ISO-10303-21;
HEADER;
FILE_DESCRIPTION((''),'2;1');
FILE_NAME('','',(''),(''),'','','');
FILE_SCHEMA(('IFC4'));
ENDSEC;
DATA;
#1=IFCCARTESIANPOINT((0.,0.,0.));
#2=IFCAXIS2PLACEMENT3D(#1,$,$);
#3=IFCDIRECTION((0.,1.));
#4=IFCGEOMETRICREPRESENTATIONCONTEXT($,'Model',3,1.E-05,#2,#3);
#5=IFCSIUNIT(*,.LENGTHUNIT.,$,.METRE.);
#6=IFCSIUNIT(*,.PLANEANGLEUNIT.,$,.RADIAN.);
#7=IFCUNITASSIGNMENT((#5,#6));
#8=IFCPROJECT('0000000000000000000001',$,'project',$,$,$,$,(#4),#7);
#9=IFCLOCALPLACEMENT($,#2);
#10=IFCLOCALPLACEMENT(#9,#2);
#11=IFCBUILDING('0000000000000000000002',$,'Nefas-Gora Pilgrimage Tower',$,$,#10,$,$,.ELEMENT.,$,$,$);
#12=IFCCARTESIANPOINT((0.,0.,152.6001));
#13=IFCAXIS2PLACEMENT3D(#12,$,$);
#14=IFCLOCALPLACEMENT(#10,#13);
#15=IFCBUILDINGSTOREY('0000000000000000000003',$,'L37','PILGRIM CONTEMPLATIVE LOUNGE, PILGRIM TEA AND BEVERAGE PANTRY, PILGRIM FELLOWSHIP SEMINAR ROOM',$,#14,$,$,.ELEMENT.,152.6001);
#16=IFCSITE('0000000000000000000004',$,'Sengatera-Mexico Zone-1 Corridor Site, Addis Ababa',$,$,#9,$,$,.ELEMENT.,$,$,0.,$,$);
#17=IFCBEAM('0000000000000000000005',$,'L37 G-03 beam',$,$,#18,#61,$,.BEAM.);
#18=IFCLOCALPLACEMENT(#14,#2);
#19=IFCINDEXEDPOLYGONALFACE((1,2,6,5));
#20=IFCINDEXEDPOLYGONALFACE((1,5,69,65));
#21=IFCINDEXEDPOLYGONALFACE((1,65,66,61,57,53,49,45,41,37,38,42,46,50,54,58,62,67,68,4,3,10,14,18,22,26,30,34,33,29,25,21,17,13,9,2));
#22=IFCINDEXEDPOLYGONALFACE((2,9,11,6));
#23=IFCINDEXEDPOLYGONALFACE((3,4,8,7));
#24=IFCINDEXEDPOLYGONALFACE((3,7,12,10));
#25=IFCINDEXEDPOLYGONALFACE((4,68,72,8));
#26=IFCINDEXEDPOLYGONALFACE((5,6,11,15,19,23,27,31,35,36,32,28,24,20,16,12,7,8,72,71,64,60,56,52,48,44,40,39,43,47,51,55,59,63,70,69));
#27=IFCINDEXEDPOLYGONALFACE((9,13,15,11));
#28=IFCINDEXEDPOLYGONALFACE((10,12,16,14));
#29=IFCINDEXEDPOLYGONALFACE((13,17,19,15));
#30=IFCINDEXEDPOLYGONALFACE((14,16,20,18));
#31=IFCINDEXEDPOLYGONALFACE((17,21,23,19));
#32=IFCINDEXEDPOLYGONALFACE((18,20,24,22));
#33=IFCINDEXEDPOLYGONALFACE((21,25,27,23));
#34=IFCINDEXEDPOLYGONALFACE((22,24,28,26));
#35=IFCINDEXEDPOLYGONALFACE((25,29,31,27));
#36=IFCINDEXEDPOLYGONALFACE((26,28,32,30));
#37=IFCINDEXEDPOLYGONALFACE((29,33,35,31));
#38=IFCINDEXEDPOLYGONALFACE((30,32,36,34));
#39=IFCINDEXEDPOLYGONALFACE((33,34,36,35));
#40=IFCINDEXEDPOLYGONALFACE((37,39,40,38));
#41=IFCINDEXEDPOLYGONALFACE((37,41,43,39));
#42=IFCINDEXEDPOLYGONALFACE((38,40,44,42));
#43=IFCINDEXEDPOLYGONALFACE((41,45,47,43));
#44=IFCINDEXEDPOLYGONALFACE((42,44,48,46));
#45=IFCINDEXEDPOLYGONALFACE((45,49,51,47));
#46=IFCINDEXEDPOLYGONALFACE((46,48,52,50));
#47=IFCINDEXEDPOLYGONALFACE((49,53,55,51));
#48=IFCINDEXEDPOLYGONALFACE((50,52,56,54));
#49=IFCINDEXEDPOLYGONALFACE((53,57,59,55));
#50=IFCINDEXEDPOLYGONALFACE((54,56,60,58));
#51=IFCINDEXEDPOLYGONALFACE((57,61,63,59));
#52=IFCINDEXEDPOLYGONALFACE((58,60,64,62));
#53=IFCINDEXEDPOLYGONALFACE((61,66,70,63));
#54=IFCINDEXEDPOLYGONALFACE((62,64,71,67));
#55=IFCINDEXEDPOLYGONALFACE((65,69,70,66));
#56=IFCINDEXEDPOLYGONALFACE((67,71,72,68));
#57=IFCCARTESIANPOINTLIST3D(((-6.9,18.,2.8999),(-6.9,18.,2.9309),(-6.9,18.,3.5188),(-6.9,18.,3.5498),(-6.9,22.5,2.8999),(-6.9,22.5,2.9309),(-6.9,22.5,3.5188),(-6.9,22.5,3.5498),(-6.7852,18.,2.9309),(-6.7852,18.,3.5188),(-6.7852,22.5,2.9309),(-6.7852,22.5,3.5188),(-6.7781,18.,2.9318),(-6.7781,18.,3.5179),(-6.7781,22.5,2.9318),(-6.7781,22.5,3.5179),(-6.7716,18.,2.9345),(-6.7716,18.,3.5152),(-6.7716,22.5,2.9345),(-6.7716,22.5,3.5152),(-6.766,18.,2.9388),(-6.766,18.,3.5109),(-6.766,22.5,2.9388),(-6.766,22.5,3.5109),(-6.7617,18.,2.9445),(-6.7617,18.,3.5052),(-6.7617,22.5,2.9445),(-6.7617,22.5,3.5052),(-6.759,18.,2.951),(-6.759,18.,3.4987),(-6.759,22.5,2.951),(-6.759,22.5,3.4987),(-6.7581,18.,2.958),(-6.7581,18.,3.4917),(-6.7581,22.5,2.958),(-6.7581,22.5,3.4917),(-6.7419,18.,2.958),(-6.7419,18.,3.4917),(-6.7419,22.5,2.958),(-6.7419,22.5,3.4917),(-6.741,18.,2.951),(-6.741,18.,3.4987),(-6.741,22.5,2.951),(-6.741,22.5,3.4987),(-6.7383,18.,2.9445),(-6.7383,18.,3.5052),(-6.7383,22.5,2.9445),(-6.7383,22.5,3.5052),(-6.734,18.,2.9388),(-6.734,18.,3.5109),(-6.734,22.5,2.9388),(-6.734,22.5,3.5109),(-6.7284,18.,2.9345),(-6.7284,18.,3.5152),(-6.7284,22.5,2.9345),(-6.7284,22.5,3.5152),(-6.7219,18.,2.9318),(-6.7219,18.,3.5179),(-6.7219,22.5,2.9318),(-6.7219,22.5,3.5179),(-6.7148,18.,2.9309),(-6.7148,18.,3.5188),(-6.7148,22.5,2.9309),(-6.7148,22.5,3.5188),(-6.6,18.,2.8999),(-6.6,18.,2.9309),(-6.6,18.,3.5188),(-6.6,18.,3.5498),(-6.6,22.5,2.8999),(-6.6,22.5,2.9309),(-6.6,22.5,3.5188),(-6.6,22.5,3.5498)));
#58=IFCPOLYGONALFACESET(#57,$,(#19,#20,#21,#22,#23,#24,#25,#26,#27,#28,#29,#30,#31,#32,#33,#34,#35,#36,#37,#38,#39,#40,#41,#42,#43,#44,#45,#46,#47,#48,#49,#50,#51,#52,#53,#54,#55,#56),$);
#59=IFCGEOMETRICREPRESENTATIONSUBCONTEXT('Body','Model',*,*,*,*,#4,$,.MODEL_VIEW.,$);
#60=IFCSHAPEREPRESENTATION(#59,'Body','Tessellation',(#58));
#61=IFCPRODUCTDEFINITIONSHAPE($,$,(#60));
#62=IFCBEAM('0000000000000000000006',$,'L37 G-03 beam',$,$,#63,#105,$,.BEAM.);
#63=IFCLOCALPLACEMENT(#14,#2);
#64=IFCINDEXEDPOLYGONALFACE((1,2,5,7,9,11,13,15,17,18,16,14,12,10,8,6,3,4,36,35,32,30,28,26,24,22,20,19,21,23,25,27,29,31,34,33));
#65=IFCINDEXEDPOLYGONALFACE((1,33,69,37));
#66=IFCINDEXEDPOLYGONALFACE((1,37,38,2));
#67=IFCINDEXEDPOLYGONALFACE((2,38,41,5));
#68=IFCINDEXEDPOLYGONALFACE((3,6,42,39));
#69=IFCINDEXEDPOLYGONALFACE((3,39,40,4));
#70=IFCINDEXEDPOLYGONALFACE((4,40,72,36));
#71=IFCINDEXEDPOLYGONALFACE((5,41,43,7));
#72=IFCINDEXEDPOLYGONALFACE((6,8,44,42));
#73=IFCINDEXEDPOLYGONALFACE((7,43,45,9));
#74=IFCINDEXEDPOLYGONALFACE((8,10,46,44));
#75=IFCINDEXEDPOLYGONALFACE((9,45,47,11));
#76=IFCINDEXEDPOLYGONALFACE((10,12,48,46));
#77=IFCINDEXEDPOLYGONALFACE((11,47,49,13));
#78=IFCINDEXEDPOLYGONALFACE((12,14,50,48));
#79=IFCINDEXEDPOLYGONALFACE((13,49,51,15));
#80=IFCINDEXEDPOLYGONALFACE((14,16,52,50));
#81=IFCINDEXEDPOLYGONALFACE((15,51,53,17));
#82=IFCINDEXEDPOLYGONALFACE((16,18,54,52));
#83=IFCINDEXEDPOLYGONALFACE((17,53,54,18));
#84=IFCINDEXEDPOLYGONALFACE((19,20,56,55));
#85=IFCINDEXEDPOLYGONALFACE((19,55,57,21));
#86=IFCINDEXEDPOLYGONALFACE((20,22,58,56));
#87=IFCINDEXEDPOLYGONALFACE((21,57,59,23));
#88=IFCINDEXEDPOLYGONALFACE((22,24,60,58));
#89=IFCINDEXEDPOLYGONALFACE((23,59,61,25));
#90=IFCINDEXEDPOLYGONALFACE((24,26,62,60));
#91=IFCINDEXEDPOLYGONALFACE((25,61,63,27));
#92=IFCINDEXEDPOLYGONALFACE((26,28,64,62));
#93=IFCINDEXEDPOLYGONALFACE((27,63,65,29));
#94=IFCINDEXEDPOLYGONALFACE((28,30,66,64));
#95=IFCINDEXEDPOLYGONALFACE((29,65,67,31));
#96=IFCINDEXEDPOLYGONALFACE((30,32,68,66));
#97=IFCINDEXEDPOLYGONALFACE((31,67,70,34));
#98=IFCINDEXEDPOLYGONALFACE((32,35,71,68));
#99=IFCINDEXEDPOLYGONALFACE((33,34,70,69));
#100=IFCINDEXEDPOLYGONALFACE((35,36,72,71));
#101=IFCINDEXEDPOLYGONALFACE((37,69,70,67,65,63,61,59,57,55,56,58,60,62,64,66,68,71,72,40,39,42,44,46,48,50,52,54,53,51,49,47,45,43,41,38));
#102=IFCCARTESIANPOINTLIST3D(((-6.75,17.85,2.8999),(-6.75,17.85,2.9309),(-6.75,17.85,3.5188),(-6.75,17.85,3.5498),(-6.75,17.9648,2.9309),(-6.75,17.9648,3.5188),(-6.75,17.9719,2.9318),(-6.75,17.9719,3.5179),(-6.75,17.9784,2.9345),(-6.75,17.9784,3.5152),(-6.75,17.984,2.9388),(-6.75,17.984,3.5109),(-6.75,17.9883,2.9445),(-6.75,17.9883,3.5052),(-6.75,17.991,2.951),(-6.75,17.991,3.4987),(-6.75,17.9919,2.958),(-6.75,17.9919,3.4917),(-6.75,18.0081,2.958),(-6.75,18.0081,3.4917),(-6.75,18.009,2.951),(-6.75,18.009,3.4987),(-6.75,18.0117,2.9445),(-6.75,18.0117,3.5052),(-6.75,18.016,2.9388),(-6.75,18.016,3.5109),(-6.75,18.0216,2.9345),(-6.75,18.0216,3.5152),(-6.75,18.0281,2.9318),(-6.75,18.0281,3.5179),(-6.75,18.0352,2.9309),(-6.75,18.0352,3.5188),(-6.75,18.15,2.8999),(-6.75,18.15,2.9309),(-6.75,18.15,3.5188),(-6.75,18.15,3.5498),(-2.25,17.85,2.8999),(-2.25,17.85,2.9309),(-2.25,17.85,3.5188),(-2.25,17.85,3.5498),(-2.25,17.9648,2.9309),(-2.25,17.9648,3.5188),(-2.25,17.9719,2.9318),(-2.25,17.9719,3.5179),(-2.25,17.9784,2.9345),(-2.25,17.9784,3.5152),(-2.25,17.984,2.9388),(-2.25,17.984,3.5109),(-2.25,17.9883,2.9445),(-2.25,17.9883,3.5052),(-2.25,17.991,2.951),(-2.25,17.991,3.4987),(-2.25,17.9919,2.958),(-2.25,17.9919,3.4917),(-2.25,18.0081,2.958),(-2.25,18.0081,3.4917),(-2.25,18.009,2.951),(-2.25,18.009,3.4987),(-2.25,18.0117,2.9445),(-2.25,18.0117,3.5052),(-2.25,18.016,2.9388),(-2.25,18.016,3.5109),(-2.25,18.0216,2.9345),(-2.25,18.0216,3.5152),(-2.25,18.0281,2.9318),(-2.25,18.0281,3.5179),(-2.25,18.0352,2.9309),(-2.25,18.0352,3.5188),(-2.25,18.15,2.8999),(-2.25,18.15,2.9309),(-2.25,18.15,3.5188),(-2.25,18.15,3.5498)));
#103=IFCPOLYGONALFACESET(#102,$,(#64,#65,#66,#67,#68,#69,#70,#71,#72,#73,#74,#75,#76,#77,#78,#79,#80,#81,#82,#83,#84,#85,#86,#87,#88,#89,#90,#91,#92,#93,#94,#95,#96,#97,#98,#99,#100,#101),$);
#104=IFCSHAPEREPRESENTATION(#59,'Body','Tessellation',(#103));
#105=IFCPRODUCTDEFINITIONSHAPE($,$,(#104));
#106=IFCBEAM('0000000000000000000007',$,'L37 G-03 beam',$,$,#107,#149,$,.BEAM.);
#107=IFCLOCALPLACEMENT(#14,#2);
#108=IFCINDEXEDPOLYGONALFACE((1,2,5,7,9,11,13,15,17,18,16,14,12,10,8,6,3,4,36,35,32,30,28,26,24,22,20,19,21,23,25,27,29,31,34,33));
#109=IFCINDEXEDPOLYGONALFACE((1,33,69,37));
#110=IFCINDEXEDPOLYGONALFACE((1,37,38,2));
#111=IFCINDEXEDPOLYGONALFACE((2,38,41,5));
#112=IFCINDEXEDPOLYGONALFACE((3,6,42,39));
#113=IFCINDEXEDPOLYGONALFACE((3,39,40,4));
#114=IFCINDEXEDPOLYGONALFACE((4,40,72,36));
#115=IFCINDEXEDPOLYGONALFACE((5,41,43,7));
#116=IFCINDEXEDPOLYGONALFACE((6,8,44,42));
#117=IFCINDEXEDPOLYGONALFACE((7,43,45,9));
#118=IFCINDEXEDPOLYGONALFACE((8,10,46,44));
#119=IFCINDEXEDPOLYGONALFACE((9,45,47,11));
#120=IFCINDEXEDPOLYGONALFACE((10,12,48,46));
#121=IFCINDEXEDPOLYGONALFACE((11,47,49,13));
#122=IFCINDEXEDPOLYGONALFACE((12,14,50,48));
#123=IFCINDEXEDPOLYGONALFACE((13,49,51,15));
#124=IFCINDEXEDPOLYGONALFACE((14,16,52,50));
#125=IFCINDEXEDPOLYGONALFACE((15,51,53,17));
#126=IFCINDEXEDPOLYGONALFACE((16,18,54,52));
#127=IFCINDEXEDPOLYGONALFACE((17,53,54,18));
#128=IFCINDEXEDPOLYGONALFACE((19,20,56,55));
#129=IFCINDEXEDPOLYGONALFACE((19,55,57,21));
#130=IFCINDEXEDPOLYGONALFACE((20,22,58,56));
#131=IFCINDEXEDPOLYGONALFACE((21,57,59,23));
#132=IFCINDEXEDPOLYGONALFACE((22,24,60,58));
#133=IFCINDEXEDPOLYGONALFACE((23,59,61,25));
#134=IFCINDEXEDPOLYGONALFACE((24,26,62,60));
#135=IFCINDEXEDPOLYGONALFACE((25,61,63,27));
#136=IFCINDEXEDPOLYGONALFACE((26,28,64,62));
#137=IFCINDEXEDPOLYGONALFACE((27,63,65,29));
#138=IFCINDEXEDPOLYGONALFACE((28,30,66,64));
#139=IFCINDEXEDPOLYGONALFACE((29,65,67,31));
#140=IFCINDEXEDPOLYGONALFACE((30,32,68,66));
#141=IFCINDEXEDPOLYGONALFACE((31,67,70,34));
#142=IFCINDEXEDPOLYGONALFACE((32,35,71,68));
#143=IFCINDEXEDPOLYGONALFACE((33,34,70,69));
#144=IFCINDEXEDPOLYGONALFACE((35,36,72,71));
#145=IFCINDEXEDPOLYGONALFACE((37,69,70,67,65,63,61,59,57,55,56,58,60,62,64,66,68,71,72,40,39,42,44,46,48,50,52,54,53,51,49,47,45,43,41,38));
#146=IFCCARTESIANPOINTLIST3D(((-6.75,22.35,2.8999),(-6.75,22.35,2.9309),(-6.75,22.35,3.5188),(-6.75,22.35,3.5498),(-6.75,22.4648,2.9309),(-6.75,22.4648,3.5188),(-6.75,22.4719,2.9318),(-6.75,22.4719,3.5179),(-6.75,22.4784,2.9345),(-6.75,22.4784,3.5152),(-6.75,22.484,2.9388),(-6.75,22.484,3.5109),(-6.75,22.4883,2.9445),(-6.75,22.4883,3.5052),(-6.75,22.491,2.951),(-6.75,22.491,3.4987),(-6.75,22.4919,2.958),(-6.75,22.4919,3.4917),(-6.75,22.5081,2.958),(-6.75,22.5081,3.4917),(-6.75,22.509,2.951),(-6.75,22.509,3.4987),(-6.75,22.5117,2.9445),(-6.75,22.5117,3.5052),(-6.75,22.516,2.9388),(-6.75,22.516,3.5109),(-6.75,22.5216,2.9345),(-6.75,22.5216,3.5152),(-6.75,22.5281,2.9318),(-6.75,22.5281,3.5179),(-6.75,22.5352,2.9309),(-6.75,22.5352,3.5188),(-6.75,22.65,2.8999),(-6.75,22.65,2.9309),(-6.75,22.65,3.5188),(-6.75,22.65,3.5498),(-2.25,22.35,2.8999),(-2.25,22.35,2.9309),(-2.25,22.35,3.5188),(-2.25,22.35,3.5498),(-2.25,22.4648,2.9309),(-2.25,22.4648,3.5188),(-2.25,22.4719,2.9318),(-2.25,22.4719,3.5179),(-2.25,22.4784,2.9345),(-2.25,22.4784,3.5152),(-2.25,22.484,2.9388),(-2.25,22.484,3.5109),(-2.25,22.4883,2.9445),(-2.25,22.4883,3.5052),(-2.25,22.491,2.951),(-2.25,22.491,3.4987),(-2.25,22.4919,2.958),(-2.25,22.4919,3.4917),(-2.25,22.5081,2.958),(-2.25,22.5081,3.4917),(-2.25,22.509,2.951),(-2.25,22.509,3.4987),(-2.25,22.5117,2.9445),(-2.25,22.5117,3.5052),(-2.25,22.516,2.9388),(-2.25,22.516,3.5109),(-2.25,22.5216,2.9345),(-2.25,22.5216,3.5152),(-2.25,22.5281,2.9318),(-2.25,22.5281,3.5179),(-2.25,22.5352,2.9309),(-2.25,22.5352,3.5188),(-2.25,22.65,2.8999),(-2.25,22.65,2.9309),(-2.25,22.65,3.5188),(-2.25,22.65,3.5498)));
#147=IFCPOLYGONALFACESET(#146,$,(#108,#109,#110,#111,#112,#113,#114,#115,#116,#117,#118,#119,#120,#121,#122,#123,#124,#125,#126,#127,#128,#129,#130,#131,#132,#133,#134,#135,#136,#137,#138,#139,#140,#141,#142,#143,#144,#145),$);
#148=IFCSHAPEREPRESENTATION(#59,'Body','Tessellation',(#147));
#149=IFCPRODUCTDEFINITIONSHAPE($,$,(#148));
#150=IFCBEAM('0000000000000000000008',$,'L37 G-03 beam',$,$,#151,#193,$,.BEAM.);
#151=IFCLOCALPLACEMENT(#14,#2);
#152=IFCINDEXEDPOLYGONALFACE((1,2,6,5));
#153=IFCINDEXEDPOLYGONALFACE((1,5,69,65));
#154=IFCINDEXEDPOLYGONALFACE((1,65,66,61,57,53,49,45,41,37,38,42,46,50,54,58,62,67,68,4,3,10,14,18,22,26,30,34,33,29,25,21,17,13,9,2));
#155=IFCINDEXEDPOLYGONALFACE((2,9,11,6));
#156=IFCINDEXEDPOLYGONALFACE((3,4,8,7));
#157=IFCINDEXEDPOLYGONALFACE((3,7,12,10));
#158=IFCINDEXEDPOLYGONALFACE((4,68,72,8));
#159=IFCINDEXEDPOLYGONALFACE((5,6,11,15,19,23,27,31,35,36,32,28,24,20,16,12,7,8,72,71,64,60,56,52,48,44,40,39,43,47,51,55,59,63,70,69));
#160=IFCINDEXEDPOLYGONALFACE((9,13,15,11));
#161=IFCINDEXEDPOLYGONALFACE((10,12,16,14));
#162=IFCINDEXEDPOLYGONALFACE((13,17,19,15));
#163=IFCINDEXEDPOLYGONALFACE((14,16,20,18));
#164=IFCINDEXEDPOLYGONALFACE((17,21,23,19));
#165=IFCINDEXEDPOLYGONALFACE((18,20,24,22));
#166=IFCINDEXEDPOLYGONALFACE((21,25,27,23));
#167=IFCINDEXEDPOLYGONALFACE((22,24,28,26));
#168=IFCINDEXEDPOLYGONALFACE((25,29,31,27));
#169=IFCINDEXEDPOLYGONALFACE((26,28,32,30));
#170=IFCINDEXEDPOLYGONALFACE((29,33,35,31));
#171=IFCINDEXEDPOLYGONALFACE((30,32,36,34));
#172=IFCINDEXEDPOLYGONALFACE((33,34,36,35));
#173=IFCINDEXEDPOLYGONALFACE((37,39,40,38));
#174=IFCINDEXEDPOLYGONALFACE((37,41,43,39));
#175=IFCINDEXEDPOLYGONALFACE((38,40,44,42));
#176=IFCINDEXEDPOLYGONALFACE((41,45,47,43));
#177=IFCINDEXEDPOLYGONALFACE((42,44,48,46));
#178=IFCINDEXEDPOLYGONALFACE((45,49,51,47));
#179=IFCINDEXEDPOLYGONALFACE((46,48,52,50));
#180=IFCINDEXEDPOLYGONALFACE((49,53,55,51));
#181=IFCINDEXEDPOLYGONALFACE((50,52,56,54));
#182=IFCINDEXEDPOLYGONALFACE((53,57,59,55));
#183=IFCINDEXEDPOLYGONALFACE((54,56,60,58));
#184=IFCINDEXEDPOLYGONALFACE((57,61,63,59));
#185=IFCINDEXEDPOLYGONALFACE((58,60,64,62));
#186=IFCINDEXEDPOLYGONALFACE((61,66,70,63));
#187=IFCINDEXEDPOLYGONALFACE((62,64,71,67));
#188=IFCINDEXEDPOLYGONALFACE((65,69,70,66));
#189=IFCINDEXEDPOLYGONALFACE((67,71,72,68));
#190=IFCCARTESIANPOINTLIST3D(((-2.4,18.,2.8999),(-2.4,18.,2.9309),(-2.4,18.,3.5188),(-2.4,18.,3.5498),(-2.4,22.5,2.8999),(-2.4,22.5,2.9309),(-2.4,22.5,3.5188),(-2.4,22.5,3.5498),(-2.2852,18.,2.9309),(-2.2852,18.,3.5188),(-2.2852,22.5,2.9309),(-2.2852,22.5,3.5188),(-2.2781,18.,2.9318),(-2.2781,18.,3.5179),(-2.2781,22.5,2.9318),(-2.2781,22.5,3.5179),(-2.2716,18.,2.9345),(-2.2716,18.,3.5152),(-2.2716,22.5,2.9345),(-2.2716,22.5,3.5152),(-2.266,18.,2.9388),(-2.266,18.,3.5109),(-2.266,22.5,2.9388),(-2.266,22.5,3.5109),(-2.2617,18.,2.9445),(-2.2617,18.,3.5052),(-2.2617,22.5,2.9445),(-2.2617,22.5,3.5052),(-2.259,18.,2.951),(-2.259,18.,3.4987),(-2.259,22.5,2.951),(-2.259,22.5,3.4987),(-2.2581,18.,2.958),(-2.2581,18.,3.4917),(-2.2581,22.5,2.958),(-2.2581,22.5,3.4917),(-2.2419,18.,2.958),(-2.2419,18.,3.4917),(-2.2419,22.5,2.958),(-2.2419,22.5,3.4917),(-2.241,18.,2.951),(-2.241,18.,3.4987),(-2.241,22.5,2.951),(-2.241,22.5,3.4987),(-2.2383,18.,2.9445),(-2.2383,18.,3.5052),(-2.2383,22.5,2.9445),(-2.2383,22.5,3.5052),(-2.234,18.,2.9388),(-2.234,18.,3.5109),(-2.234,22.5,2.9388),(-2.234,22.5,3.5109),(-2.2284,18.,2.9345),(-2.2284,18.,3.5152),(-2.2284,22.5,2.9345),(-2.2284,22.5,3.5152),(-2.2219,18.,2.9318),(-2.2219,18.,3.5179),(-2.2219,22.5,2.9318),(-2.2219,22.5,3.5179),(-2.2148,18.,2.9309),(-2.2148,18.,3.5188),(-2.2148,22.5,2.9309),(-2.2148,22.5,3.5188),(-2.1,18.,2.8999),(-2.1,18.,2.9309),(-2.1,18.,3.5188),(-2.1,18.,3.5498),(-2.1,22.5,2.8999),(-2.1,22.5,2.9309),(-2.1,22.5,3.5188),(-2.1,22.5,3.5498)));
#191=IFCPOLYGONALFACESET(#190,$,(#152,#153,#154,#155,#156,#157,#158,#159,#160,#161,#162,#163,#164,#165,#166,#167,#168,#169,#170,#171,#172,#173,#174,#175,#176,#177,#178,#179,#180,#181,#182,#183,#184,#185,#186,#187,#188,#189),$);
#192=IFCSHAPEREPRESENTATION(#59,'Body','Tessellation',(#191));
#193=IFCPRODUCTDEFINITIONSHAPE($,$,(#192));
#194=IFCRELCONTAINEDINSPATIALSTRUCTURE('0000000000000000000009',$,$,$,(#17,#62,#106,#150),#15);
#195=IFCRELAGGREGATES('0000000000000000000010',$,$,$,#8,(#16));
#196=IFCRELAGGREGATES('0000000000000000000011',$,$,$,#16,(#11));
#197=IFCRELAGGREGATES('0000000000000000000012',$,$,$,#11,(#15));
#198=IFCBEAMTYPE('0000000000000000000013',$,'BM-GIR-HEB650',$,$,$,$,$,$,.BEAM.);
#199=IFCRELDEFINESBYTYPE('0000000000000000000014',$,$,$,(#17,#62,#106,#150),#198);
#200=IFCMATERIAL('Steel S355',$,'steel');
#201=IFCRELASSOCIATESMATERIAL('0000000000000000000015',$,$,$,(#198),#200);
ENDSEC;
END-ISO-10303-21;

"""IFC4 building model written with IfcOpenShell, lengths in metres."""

from ifc_helpers import new_model, si_unit, direction, frame, origin, origin_2d, place, context, subcontext, project, spatial, i_section, extrude, source, transform, mapped, material, material_profile, profile_set, type_object, element, save


model = new_model("IFC4")

# Units and contexts
model_context = context("Model", 3, precision=1e-05, world=origin(), true_north=direction((0.0, 1.0)))
body_context = subcontext(model_context, "Body", "Model", "MODEL_VIEW")
ifc_project = project(units=[si_unit("LENGTHUNIT", "METRE"), si_unit("PLANEANGLEUNIT", "RADIAN")], contexts=[model_context])

# Site, building, storey
site_placement = place(None, origin())
site = spatial("IfcSite", under=ifc_project, at=site_placement, Name="Sengatera-Mexico Zone-1 Corridor Site, Addis Ababa", CompositionType="ELEMENT", RefElevation=0.0)
building_placement = place(site_placement, origin())
building = spatial("IfcBuilding", under=site, at=building_placement, Name="Nefas-Gora Pilgrimage Tower", CompositionType="ELEMENT")
storey_placement = place(building_placement, frame((0.0, 0.0, 152.6001)))
storey = spatial("IfcBuildingStorey", under=building, at=storey_placement, Name="L37", Description="PILGRIM CONTEMPLATIVE LOUNGE, PILGRIM TEA AND BEVERAGE PANTRY, PILGRIM FELLOWSHIP SEMINAR ROOM", CompositionType="ELEMENT", Elevation=152.6001)

# Beams
ifc_material_1 = material(Name="Steel S355", Category="steel")
ifc_material_profile_1 = material_profile(ifc_material_1, i_section(OverallWidth=0.3, OverallDepth=0.6499, WebThickness=0.0161, FlangeThickness=0.031, FilletRadius=0.0271, at=origin_2d()), Name="HEB 650")
ifc_profile_set_1 = profile_set([ifc_material_profile_1], Name="Steel S355")
beam_type = type_object("IfcBeamType", Name="BM-GIR-HEB650", PredefinedType="BEAM", material=ifc_profile_set_1)
shared_shape_1 = source(origin(), body_context, "Body", "SweptSolid", [
    extrude(i_section(OverallWidth=0.3, OverallDepth=0.6499, WebThickness=0.0161, FlangeThickness=0.031, FilletRadius=0.0271, at=origin_2d()), origin(), (0.0, 0.0, 1.0), 4.5),
])
for number, where, z_axis, x_axis, name in (
    (1, (-6.75, 18.0, 3.2249), (0.0, 1.0, 0.0), (-1.0, 0.0, 0.0), "L37 G-03 beam"),
    (2, (-6.75, 18.0, 3.2249), (1.0, 0.0, 0.0), (0.0, 1.0, 0.0), "L37 G-03 beam"),
    (3, (-6.75, 22.5, 3.2249), (1.0, 0.0, 0.0), (0.0, 1.0, 0.0), "L37 G-03 beam"),
    (4, (-2.25, 18.0, 3.2249), (0.0, 1.0, 0.0), (-1.0, 0.0, 0.0), "L37 G-03 beam"),
):
    element("IfcBeam", number, at=place(storey_placement, frame(where, z_axis=z_axis, x_axis=x_axis)), inside=storey, type_object=beam_type, Name=name, PredefinedType="BEAM", context=body_context, shape_type="MappedRepresentation", body=[
        mapped(shared_shape_1, transform((0.0, 0.0, 0.0), x_axis=(1.0, 0.0, 0.0), y_axis=(0.0, 1.0, 0.0), z_axis=(0.0, 0.0, 1.0), scale=1.0)),
    ])

save(model, "model.ifc")
